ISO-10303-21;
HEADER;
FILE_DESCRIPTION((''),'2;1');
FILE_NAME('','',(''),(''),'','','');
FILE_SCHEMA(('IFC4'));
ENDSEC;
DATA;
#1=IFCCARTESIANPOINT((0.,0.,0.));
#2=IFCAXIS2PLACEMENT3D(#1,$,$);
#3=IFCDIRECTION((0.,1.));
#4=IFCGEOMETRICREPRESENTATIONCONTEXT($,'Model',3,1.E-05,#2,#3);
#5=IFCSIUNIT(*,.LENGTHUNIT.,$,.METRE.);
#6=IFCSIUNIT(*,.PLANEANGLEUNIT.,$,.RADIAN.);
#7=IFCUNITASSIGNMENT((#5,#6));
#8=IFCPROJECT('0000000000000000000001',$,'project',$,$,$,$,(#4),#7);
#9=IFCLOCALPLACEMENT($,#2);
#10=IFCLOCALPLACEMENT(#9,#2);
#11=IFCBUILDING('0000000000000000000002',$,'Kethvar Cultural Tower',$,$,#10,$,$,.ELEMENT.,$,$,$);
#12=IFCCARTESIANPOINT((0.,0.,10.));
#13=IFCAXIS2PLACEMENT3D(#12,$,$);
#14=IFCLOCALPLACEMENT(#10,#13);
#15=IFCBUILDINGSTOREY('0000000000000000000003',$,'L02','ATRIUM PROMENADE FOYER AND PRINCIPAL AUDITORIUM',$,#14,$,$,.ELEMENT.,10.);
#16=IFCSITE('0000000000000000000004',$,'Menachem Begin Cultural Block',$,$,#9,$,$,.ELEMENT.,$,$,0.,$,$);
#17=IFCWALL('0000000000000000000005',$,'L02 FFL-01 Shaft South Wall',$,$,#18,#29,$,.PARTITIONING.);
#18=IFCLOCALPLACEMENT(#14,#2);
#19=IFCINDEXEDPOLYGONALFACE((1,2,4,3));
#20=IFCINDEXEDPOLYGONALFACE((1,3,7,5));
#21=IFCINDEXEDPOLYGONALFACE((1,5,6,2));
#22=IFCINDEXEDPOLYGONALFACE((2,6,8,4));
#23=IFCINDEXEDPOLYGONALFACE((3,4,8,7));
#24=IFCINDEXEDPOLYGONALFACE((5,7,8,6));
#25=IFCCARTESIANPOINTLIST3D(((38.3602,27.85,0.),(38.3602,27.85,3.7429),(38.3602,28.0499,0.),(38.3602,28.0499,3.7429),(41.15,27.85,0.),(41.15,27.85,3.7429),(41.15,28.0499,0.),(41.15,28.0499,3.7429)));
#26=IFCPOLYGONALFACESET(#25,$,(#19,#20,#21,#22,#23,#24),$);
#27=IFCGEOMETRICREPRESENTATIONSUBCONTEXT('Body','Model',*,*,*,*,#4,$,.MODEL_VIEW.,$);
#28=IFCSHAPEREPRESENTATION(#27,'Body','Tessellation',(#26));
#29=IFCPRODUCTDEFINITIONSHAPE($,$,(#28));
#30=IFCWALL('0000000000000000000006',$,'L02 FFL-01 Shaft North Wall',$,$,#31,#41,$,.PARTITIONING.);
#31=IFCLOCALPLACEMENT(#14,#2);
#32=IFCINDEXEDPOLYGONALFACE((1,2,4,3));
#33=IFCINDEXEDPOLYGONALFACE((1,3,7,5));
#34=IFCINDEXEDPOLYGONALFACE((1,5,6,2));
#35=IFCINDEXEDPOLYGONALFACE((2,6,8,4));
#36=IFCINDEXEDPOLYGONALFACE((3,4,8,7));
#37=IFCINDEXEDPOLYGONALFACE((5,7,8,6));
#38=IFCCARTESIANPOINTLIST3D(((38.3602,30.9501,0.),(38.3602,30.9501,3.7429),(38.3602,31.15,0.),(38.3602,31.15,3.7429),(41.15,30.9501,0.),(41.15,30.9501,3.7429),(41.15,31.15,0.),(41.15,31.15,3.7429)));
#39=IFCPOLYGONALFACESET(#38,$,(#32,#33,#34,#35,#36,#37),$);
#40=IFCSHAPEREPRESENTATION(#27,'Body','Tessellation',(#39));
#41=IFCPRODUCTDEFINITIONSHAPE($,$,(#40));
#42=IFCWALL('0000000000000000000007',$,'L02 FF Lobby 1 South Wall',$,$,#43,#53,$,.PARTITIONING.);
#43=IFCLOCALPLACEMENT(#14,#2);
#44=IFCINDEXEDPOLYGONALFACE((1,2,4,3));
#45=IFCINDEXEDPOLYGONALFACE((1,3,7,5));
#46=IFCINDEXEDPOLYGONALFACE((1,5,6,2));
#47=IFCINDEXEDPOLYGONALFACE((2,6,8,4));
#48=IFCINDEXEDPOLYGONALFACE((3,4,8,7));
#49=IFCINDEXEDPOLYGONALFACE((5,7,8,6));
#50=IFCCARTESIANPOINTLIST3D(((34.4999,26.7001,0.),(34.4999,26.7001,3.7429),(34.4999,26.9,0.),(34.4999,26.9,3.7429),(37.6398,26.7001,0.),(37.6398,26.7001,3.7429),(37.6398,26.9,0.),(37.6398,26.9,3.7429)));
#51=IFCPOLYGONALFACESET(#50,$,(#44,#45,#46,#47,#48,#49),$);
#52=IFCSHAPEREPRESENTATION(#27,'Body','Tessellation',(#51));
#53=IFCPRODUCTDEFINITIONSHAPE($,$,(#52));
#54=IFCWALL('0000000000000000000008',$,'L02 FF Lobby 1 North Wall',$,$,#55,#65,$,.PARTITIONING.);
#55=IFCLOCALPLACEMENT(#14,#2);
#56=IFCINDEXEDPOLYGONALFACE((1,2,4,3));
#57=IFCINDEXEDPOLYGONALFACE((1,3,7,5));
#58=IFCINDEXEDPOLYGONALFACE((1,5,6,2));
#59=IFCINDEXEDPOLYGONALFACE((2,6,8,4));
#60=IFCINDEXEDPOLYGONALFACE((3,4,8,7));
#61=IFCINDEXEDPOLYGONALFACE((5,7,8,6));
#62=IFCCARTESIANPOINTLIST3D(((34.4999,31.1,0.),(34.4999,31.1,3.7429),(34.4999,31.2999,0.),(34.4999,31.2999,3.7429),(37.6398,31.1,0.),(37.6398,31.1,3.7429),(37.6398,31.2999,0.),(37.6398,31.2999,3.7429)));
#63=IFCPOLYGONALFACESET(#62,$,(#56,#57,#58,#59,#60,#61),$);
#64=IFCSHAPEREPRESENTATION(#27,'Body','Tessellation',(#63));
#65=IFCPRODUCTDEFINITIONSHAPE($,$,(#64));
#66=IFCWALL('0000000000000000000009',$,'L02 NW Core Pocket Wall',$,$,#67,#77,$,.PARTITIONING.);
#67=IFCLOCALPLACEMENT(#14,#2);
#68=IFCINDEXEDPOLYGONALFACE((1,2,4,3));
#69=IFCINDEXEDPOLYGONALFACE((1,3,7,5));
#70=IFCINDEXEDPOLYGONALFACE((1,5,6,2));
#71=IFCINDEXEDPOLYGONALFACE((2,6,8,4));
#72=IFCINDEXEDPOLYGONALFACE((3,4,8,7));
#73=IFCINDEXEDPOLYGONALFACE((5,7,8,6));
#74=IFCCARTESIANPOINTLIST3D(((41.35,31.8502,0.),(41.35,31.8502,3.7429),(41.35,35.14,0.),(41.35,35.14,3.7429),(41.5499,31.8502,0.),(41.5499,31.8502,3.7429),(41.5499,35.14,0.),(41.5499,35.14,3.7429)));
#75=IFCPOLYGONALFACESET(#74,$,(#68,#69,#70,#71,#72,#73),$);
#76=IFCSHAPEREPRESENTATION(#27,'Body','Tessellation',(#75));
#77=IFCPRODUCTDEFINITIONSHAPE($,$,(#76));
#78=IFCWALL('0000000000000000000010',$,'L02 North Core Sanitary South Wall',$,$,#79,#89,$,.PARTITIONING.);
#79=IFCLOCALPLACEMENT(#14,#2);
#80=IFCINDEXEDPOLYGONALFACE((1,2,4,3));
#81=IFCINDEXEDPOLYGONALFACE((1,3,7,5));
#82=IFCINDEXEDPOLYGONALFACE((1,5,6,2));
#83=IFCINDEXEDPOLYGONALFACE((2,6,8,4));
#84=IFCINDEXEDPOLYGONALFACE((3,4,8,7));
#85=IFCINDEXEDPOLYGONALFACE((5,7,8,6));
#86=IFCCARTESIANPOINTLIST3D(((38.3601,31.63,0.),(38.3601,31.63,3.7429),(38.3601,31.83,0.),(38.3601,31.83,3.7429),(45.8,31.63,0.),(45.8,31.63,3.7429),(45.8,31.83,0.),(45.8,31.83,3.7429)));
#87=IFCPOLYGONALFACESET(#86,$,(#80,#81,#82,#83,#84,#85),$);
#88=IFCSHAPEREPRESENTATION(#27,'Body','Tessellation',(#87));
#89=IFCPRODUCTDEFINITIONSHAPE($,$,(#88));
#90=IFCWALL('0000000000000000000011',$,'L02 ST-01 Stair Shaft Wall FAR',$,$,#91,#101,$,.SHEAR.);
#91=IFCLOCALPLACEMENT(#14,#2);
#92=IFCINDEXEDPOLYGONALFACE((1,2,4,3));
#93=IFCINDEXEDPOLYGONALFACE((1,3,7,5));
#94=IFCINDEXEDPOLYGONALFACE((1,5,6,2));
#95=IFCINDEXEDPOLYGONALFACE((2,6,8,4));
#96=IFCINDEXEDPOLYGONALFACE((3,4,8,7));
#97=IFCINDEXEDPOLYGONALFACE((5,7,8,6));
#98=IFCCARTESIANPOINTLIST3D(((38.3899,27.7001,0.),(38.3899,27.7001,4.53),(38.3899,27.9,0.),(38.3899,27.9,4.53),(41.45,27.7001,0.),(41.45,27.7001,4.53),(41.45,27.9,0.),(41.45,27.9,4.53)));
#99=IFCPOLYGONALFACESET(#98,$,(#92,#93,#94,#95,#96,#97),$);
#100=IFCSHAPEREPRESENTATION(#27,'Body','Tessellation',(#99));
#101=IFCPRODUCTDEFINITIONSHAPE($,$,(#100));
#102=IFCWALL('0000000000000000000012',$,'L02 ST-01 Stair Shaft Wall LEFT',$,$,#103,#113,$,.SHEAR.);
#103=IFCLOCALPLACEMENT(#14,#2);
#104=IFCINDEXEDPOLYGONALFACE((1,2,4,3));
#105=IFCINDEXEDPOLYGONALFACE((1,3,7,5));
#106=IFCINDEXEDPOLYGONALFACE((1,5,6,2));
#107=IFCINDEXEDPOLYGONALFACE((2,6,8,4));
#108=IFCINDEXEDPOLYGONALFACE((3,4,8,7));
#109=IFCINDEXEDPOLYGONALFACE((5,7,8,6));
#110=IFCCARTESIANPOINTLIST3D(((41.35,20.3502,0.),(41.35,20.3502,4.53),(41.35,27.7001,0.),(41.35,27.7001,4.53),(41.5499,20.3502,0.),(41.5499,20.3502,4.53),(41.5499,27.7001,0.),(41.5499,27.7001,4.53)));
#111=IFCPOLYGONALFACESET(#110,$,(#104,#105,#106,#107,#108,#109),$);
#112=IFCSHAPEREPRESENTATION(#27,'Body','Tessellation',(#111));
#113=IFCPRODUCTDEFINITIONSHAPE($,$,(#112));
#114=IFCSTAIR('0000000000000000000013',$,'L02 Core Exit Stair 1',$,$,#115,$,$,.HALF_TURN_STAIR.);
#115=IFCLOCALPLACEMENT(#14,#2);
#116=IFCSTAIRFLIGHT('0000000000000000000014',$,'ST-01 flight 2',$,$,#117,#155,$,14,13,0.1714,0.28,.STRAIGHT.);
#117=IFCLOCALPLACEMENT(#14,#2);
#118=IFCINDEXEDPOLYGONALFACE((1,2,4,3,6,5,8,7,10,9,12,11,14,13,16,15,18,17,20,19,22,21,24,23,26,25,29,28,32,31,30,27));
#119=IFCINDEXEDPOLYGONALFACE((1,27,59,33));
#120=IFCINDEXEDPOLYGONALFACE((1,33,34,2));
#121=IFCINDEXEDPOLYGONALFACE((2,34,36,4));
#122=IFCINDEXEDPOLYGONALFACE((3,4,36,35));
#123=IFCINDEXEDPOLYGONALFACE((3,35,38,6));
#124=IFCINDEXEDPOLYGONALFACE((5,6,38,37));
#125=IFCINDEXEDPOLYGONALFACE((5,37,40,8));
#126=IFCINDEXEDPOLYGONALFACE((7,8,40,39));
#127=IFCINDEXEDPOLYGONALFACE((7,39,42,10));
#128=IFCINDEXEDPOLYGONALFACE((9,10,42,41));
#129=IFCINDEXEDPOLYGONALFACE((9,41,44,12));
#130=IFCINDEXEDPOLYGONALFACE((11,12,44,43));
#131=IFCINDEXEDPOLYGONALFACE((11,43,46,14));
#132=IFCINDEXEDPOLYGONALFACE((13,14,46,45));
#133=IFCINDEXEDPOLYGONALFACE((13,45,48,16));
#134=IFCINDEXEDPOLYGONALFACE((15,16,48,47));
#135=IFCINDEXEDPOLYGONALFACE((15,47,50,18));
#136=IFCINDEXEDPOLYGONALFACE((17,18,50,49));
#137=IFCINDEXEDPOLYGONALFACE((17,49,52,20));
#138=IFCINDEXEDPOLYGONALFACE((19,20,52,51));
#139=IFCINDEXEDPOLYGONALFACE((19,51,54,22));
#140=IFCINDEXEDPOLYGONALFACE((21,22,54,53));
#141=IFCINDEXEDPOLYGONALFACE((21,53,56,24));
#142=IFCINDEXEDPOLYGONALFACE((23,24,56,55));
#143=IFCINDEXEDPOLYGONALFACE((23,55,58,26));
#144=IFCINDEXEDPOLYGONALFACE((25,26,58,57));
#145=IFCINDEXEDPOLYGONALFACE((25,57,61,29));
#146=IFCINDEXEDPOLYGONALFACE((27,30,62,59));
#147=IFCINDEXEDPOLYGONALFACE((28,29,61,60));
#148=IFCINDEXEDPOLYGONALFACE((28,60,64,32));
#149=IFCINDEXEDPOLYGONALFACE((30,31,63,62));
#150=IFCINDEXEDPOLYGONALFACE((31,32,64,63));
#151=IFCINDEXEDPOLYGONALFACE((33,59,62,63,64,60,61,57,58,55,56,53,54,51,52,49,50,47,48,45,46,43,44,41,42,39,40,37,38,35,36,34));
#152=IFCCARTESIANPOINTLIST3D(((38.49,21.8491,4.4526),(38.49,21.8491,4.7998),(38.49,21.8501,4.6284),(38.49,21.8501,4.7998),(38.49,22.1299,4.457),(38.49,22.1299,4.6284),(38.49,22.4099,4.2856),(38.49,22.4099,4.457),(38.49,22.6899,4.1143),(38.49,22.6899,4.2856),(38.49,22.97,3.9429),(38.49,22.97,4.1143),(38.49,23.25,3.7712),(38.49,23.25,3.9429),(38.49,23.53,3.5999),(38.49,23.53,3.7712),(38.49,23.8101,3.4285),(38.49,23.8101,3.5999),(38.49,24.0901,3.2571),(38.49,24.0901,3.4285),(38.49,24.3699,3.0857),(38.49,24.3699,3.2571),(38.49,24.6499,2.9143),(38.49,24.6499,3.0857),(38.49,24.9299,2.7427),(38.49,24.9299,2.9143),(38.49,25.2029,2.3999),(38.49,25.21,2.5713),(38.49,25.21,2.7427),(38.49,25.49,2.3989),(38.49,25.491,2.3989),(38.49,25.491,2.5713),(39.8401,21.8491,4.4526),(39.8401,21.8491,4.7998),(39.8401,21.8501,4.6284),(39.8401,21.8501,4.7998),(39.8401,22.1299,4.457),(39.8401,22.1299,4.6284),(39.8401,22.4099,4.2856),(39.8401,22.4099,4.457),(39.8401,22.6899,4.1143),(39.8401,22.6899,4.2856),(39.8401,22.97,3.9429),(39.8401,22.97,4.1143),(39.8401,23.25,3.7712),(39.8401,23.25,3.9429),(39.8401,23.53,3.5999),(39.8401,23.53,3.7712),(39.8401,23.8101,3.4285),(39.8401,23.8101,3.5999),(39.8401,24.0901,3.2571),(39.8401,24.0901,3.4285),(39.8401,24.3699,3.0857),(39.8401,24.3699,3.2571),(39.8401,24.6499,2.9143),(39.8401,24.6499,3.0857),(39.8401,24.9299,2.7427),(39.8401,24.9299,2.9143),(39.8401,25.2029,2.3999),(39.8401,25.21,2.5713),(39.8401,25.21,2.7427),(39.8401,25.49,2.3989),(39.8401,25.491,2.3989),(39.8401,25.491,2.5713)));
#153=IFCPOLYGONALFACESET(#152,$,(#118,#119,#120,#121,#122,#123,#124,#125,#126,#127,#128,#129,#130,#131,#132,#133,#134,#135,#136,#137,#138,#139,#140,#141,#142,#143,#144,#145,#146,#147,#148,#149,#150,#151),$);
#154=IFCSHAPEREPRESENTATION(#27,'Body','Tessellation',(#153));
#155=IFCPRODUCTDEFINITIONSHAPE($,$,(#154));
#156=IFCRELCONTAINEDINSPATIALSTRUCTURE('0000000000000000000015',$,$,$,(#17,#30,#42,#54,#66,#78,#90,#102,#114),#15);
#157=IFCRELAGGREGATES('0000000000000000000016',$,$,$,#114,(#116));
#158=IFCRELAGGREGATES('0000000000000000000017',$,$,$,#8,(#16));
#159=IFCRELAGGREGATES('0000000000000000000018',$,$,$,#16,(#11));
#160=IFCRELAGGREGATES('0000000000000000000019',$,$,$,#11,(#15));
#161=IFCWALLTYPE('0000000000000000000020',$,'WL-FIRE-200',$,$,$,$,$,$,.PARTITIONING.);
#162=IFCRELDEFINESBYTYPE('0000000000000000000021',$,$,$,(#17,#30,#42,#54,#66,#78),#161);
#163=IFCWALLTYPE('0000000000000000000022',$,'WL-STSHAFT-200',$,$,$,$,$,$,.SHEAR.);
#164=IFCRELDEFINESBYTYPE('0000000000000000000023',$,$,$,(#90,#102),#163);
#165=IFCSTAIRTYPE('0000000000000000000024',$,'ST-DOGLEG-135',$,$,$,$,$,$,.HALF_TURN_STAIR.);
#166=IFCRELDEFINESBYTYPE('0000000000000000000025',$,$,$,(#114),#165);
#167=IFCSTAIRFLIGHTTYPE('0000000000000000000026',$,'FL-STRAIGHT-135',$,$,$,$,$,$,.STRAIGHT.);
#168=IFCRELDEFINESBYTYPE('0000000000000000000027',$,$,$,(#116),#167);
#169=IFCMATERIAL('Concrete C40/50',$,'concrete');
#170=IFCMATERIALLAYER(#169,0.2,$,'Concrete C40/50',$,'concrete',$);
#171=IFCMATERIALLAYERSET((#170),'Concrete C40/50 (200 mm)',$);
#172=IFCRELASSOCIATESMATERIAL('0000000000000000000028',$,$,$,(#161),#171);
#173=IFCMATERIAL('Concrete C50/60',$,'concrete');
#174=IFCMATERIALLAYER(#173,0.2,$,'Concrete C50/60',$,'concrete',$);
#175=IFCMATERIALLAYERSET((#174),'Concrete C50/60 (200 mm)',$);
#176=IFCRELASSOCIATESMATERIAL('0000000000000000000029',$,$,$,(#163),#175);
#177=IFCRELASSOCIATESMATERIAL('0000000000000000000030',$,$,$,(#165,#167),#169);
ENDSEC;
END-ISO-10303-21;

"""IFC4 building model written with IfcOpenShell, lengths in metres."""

from ifc_helpers import new_model, si_unit, direction, frame, frame_2d, origin, place, context, subcontext, project, spatial, polyline, rectangle, outline, extrude, material, layer, layer_set, type_object, element, aggregate, save


model = new_model("IFC4")

# Units and contexts
model_context = context("Model", 3, precision=1e-05, world=origin(), true_north=direction((0.0, 1.0)))
body_context = subcontext(model_context, "Body", "Model", "MODEL_VIEW")
ifc_project = project(units=[si_unit("LENGTHUNIT", "METRE"), si_unit("PLANEANGLEUNIT", "RADIAN")], contexts=[model_context])

# Site, building, storey
site_placement = place(None, origin())
site = spatial("IfcSite", under=ifc_project, at=site_placement, Name="Menachem Begin Cultural Block", CompositionType="ELEMENT", RefElevation=0.0)
building_placement = place(site_placement, origin())
building = spatial("IfcBuilding", under=site, at=building_placement, Name="Kethvar Cultural Tower", CompositionType="ELEMENT")
storey_placement = place(building_placement, frame((0.0, 0.0, 10.0)))
storey = spatial("IfcBuildingStorey", under=building, at=storey_placement, Name="L02", Description="ATRIUM PROMENADE FOYER AND PRINCIPAL AUDITORIUM", CompositionType="ELEMENT", Elevation=10.0)

# Walls
ifc_material_1 = material(Name="Concrete C40/50", Category="concrete")
ifc_layer_1 = layer(ifc_material_1, 0.2, Name="Concrete C40/50", Category="concrete")
ifc_layer_set_1 = layer_set([ifc_layer_1], Name="Concrete C40/50 (200 mm)")
wall_type_1 = type_object("IfcWallType", Name="WL-FIRE-200", PredefinedType="PARTITIONING", material=ifc_layer_set_1)
for number, where, z_axis, x_axis, name in (
    (1, (38.3601, 27.95, 0.0), (0.0, 0.0, 1.0), (1.0, 0.0, 0.0), "L02 FFL-01 Shaft South Wall"),
    (2, (38.3601, 31.05, 0.0), (0.0, 0.0, 1.0), (1.0, 0.0, 0.0), "L02 FFL-01 Shaft North Wall"),
):
    element("IfcWall", number, at=place(storey_placement, frame(where, z_axis=z_axis, x_axis=x_axis)), inside=storey, type_object=wall_type_1, Name=name, PredefinedType="PARTITIONING", context=body_context, shape_type="SweptSolid", body=[
        extrude(rectangle(XDim=2.7898, YDim=0.2, at=frame_2d((1.395, 0.0))), origin(), (0.0, 0.0, 1.0), 3.7429),
    ])

# Walls
for number, where, z_axis, x_axis, name in (
    (3, (34.5, 26.8, 0.0), (0.0, 0.0, 1.0), (1.0, 0.0, 0.0), "L02 FF Lobby 1 South Wall"),
    (4, (34.5, 31.2, 0.0), (0.0, 0.0, 1.0), (1.0, 0.0, 0.0), "L02 FF Lobby 1 North Wall"),
):
    element("IfcWall", number, at=place(storey_placement, frame(where, z_axis=z_axis, x_axis=x_axis)), inside=storey, type_object=wall_type_1, Name=name, PredefinedType="PARTITIONING", context=body_context, shape_type="SweptSolid", body=[
        extrude(rectangle(XDim=3.1399, YDim=0.2, at=frame_2d((1.5698, 0.0))), origin(), (0.0, 0.0, 1.0), 3.7429),
    ])
wall_1_placement = place(storey_placement, frame((41.45, 31.8501, 0.0), z_axis=(0.0, 0.0, 1.0), x_axis=(0.0, 1.0, 0.0)))
element("IfcWall", 5, at=wall_1_placement, inside=storey, type_object=wall_type_1, Name="L02 NW Core Pocket Wall", PredefinedType="PARTITIONING", context=body_context, shape_type="SweptSolid", body=[
    extrude(rectangle(XDim=3.2898, YDim=0.2, at=frame_2d((1.645, 0.0))), origin(), (0.0, 0.0, 1.0), 3.7429),
])
wall_2_placement = place(storey_placement, frame((38.3601, 31.73, 0.0), z_axis=(0.0, 0.0, 1.0), x_axis=(1.0, 0.0, 0.0)))
element("IfcWall", 6, at=wall_2_placement, inside=storey, type_object=wall_type_1, Name="L02 North Core Sanitary South Wall", PredefinedType="PARTITIONING", context=body_context, shape_type="SweptSolid", body=[
    extrude(rectangle(XDim=7.4399, YDim=0.2, at=frame_2d((3.72, 0.0))), origin(), (0.0, 0.0, 1.0), 3.7429),
])
ifc_material_2 = material(Name="Concrete C50/60", Category="concrete")
ifc_layer_2 = layer(ifc_material_2, 0.2, Name="Concrete C50/60", Category="concrete")
ifc_layer_set_2 = layer_set([ifc_layer_2], Name="Concrete C50/60 (200 mm)")
wall_type_2 = type_object("IfcWallType", Name="WL-STSHAFT-200", PredefinedType="SHEAR", material=ifc_layer_set_2)
wall_3_placement = place(storey_placement, frame((38.3899, 27.8, 0.0), z_axis=(0.0, 0.0, 1.0), x_axis=(1.0, 0.0, 0.0)))
element("IfcWall", 7, at=wall_3_placement, inside=storey, type_object=wall_type_2, Name="L02 ST-01 Stair Shaft Wall FAR", PredefinedType="SHEAR", context=body_context, shape_type="SweptSolid", body=[
    extrude(rectangle(XDim=3.0601, YDim=0.2, at=frame_2d((1.53, 0.0))), origin(), (0.0, 0.0, 1.0), 4.53),
])
wall_4_placement = place(storey_placement, frame((41.45, 27.7, 0.0), z_axis=(0.0, 0.0, 1.0), x_axis=(0.0, -1.0, 0.0)))
element("IfcWall", 8, at=wall_4_placement, inside=storey, type_object=wall_type_2, Name="L02 ST-01 Stair Shaft Wall LEFT", PredefinedType="SHEAR", context=body_context, shape_type="SweptSolid", body=[
    extrude(rectangle(XDim=7.3499, YDim=0.2, at=frame_2d((3.6748, 0.0))), origin(), (0.0, 0.0, 1.0), 4.53),
])

# Stair, stair flight
stair_type = type_object("IfcStairType", Name="ST-DOGLEG-135", PredefinedType="HALF_TURN_STAIR", material=ifc_material_1)
stair_placement = place(storey_placement, origin())
stair = element("IfcStair", 9, at=stair_placement, inside=storey, type_object=stair_type, Name="L02 Core Exit Stair 1", PredefinedType="HALF_TURN_STAIR")
stair_flight_type = type_object("IfcStairFlightType", Name="FL-STRAIGHT-135", PredefinedType="STRAIGHT", material=ifc_material_1)
stair_flight_placement = place(storey_placement, frame((39.165, 25.49, 2.3999), z_axis=(0.0, 0.0, 1.0), x_axis=(0.0, -1.0, 0.0)))
stair_flight = element("IfcStairFlight", 10, at=stair_flight_placement, type_object=stair_flight_type, Name="ST-01 flight 2", NumberOfRisers=14, NumberOfTreads=13, PredefinedType="STRAIGHT", RiserHeight=0.1714, TreadLength=0.28, context=body_context, shape_type="SweptSolid", body=[
    extrude(outline(polyline([(-0.001, -0.001), (-0.001, 0.1714), (0.28, 0.1714), (0.28, 0.3428), (0.5601, 0.3428), (0.5601, 0.5144), (0.8401, 0.5144), (0.8401, 0.6858), (1.1201, 0.6858), (1.1201, 0.8572), (1.3999, 0.8572), (1.3999, 1.0286), (1.6799, 1.0286), (1.6799, 1.2), (1.96, 1.2), (1.96, 1.3713), (2.24, 1.3713), (2.24, 1.543), (2.52, 1.543), (2.52, 1.7144), (2.8, 1.7144), (2.8, 1.8857), (3.0801, 1.8857), (3.0801, 2.0571), (3.3601, 2.0571), (3.3601, 2.2285), (3.6399, 2.2285), (3.6399, 2.3999), (3.6409, 2.3999), (3.6409, 2.0527), (0.2871, 0.0), (0.0, -0.001), (-0.001, -0.001)])), frame((0.0, 0.675, 0.0), z_axis=(0.0, -1.0, 0.0), x_axis=(1.0, 0.0, 0.0)), (0.0, 0.0, 1.0), 1.3501),
])
aggregate(stair, [stair_flight])

save(model, "model.ifc")
